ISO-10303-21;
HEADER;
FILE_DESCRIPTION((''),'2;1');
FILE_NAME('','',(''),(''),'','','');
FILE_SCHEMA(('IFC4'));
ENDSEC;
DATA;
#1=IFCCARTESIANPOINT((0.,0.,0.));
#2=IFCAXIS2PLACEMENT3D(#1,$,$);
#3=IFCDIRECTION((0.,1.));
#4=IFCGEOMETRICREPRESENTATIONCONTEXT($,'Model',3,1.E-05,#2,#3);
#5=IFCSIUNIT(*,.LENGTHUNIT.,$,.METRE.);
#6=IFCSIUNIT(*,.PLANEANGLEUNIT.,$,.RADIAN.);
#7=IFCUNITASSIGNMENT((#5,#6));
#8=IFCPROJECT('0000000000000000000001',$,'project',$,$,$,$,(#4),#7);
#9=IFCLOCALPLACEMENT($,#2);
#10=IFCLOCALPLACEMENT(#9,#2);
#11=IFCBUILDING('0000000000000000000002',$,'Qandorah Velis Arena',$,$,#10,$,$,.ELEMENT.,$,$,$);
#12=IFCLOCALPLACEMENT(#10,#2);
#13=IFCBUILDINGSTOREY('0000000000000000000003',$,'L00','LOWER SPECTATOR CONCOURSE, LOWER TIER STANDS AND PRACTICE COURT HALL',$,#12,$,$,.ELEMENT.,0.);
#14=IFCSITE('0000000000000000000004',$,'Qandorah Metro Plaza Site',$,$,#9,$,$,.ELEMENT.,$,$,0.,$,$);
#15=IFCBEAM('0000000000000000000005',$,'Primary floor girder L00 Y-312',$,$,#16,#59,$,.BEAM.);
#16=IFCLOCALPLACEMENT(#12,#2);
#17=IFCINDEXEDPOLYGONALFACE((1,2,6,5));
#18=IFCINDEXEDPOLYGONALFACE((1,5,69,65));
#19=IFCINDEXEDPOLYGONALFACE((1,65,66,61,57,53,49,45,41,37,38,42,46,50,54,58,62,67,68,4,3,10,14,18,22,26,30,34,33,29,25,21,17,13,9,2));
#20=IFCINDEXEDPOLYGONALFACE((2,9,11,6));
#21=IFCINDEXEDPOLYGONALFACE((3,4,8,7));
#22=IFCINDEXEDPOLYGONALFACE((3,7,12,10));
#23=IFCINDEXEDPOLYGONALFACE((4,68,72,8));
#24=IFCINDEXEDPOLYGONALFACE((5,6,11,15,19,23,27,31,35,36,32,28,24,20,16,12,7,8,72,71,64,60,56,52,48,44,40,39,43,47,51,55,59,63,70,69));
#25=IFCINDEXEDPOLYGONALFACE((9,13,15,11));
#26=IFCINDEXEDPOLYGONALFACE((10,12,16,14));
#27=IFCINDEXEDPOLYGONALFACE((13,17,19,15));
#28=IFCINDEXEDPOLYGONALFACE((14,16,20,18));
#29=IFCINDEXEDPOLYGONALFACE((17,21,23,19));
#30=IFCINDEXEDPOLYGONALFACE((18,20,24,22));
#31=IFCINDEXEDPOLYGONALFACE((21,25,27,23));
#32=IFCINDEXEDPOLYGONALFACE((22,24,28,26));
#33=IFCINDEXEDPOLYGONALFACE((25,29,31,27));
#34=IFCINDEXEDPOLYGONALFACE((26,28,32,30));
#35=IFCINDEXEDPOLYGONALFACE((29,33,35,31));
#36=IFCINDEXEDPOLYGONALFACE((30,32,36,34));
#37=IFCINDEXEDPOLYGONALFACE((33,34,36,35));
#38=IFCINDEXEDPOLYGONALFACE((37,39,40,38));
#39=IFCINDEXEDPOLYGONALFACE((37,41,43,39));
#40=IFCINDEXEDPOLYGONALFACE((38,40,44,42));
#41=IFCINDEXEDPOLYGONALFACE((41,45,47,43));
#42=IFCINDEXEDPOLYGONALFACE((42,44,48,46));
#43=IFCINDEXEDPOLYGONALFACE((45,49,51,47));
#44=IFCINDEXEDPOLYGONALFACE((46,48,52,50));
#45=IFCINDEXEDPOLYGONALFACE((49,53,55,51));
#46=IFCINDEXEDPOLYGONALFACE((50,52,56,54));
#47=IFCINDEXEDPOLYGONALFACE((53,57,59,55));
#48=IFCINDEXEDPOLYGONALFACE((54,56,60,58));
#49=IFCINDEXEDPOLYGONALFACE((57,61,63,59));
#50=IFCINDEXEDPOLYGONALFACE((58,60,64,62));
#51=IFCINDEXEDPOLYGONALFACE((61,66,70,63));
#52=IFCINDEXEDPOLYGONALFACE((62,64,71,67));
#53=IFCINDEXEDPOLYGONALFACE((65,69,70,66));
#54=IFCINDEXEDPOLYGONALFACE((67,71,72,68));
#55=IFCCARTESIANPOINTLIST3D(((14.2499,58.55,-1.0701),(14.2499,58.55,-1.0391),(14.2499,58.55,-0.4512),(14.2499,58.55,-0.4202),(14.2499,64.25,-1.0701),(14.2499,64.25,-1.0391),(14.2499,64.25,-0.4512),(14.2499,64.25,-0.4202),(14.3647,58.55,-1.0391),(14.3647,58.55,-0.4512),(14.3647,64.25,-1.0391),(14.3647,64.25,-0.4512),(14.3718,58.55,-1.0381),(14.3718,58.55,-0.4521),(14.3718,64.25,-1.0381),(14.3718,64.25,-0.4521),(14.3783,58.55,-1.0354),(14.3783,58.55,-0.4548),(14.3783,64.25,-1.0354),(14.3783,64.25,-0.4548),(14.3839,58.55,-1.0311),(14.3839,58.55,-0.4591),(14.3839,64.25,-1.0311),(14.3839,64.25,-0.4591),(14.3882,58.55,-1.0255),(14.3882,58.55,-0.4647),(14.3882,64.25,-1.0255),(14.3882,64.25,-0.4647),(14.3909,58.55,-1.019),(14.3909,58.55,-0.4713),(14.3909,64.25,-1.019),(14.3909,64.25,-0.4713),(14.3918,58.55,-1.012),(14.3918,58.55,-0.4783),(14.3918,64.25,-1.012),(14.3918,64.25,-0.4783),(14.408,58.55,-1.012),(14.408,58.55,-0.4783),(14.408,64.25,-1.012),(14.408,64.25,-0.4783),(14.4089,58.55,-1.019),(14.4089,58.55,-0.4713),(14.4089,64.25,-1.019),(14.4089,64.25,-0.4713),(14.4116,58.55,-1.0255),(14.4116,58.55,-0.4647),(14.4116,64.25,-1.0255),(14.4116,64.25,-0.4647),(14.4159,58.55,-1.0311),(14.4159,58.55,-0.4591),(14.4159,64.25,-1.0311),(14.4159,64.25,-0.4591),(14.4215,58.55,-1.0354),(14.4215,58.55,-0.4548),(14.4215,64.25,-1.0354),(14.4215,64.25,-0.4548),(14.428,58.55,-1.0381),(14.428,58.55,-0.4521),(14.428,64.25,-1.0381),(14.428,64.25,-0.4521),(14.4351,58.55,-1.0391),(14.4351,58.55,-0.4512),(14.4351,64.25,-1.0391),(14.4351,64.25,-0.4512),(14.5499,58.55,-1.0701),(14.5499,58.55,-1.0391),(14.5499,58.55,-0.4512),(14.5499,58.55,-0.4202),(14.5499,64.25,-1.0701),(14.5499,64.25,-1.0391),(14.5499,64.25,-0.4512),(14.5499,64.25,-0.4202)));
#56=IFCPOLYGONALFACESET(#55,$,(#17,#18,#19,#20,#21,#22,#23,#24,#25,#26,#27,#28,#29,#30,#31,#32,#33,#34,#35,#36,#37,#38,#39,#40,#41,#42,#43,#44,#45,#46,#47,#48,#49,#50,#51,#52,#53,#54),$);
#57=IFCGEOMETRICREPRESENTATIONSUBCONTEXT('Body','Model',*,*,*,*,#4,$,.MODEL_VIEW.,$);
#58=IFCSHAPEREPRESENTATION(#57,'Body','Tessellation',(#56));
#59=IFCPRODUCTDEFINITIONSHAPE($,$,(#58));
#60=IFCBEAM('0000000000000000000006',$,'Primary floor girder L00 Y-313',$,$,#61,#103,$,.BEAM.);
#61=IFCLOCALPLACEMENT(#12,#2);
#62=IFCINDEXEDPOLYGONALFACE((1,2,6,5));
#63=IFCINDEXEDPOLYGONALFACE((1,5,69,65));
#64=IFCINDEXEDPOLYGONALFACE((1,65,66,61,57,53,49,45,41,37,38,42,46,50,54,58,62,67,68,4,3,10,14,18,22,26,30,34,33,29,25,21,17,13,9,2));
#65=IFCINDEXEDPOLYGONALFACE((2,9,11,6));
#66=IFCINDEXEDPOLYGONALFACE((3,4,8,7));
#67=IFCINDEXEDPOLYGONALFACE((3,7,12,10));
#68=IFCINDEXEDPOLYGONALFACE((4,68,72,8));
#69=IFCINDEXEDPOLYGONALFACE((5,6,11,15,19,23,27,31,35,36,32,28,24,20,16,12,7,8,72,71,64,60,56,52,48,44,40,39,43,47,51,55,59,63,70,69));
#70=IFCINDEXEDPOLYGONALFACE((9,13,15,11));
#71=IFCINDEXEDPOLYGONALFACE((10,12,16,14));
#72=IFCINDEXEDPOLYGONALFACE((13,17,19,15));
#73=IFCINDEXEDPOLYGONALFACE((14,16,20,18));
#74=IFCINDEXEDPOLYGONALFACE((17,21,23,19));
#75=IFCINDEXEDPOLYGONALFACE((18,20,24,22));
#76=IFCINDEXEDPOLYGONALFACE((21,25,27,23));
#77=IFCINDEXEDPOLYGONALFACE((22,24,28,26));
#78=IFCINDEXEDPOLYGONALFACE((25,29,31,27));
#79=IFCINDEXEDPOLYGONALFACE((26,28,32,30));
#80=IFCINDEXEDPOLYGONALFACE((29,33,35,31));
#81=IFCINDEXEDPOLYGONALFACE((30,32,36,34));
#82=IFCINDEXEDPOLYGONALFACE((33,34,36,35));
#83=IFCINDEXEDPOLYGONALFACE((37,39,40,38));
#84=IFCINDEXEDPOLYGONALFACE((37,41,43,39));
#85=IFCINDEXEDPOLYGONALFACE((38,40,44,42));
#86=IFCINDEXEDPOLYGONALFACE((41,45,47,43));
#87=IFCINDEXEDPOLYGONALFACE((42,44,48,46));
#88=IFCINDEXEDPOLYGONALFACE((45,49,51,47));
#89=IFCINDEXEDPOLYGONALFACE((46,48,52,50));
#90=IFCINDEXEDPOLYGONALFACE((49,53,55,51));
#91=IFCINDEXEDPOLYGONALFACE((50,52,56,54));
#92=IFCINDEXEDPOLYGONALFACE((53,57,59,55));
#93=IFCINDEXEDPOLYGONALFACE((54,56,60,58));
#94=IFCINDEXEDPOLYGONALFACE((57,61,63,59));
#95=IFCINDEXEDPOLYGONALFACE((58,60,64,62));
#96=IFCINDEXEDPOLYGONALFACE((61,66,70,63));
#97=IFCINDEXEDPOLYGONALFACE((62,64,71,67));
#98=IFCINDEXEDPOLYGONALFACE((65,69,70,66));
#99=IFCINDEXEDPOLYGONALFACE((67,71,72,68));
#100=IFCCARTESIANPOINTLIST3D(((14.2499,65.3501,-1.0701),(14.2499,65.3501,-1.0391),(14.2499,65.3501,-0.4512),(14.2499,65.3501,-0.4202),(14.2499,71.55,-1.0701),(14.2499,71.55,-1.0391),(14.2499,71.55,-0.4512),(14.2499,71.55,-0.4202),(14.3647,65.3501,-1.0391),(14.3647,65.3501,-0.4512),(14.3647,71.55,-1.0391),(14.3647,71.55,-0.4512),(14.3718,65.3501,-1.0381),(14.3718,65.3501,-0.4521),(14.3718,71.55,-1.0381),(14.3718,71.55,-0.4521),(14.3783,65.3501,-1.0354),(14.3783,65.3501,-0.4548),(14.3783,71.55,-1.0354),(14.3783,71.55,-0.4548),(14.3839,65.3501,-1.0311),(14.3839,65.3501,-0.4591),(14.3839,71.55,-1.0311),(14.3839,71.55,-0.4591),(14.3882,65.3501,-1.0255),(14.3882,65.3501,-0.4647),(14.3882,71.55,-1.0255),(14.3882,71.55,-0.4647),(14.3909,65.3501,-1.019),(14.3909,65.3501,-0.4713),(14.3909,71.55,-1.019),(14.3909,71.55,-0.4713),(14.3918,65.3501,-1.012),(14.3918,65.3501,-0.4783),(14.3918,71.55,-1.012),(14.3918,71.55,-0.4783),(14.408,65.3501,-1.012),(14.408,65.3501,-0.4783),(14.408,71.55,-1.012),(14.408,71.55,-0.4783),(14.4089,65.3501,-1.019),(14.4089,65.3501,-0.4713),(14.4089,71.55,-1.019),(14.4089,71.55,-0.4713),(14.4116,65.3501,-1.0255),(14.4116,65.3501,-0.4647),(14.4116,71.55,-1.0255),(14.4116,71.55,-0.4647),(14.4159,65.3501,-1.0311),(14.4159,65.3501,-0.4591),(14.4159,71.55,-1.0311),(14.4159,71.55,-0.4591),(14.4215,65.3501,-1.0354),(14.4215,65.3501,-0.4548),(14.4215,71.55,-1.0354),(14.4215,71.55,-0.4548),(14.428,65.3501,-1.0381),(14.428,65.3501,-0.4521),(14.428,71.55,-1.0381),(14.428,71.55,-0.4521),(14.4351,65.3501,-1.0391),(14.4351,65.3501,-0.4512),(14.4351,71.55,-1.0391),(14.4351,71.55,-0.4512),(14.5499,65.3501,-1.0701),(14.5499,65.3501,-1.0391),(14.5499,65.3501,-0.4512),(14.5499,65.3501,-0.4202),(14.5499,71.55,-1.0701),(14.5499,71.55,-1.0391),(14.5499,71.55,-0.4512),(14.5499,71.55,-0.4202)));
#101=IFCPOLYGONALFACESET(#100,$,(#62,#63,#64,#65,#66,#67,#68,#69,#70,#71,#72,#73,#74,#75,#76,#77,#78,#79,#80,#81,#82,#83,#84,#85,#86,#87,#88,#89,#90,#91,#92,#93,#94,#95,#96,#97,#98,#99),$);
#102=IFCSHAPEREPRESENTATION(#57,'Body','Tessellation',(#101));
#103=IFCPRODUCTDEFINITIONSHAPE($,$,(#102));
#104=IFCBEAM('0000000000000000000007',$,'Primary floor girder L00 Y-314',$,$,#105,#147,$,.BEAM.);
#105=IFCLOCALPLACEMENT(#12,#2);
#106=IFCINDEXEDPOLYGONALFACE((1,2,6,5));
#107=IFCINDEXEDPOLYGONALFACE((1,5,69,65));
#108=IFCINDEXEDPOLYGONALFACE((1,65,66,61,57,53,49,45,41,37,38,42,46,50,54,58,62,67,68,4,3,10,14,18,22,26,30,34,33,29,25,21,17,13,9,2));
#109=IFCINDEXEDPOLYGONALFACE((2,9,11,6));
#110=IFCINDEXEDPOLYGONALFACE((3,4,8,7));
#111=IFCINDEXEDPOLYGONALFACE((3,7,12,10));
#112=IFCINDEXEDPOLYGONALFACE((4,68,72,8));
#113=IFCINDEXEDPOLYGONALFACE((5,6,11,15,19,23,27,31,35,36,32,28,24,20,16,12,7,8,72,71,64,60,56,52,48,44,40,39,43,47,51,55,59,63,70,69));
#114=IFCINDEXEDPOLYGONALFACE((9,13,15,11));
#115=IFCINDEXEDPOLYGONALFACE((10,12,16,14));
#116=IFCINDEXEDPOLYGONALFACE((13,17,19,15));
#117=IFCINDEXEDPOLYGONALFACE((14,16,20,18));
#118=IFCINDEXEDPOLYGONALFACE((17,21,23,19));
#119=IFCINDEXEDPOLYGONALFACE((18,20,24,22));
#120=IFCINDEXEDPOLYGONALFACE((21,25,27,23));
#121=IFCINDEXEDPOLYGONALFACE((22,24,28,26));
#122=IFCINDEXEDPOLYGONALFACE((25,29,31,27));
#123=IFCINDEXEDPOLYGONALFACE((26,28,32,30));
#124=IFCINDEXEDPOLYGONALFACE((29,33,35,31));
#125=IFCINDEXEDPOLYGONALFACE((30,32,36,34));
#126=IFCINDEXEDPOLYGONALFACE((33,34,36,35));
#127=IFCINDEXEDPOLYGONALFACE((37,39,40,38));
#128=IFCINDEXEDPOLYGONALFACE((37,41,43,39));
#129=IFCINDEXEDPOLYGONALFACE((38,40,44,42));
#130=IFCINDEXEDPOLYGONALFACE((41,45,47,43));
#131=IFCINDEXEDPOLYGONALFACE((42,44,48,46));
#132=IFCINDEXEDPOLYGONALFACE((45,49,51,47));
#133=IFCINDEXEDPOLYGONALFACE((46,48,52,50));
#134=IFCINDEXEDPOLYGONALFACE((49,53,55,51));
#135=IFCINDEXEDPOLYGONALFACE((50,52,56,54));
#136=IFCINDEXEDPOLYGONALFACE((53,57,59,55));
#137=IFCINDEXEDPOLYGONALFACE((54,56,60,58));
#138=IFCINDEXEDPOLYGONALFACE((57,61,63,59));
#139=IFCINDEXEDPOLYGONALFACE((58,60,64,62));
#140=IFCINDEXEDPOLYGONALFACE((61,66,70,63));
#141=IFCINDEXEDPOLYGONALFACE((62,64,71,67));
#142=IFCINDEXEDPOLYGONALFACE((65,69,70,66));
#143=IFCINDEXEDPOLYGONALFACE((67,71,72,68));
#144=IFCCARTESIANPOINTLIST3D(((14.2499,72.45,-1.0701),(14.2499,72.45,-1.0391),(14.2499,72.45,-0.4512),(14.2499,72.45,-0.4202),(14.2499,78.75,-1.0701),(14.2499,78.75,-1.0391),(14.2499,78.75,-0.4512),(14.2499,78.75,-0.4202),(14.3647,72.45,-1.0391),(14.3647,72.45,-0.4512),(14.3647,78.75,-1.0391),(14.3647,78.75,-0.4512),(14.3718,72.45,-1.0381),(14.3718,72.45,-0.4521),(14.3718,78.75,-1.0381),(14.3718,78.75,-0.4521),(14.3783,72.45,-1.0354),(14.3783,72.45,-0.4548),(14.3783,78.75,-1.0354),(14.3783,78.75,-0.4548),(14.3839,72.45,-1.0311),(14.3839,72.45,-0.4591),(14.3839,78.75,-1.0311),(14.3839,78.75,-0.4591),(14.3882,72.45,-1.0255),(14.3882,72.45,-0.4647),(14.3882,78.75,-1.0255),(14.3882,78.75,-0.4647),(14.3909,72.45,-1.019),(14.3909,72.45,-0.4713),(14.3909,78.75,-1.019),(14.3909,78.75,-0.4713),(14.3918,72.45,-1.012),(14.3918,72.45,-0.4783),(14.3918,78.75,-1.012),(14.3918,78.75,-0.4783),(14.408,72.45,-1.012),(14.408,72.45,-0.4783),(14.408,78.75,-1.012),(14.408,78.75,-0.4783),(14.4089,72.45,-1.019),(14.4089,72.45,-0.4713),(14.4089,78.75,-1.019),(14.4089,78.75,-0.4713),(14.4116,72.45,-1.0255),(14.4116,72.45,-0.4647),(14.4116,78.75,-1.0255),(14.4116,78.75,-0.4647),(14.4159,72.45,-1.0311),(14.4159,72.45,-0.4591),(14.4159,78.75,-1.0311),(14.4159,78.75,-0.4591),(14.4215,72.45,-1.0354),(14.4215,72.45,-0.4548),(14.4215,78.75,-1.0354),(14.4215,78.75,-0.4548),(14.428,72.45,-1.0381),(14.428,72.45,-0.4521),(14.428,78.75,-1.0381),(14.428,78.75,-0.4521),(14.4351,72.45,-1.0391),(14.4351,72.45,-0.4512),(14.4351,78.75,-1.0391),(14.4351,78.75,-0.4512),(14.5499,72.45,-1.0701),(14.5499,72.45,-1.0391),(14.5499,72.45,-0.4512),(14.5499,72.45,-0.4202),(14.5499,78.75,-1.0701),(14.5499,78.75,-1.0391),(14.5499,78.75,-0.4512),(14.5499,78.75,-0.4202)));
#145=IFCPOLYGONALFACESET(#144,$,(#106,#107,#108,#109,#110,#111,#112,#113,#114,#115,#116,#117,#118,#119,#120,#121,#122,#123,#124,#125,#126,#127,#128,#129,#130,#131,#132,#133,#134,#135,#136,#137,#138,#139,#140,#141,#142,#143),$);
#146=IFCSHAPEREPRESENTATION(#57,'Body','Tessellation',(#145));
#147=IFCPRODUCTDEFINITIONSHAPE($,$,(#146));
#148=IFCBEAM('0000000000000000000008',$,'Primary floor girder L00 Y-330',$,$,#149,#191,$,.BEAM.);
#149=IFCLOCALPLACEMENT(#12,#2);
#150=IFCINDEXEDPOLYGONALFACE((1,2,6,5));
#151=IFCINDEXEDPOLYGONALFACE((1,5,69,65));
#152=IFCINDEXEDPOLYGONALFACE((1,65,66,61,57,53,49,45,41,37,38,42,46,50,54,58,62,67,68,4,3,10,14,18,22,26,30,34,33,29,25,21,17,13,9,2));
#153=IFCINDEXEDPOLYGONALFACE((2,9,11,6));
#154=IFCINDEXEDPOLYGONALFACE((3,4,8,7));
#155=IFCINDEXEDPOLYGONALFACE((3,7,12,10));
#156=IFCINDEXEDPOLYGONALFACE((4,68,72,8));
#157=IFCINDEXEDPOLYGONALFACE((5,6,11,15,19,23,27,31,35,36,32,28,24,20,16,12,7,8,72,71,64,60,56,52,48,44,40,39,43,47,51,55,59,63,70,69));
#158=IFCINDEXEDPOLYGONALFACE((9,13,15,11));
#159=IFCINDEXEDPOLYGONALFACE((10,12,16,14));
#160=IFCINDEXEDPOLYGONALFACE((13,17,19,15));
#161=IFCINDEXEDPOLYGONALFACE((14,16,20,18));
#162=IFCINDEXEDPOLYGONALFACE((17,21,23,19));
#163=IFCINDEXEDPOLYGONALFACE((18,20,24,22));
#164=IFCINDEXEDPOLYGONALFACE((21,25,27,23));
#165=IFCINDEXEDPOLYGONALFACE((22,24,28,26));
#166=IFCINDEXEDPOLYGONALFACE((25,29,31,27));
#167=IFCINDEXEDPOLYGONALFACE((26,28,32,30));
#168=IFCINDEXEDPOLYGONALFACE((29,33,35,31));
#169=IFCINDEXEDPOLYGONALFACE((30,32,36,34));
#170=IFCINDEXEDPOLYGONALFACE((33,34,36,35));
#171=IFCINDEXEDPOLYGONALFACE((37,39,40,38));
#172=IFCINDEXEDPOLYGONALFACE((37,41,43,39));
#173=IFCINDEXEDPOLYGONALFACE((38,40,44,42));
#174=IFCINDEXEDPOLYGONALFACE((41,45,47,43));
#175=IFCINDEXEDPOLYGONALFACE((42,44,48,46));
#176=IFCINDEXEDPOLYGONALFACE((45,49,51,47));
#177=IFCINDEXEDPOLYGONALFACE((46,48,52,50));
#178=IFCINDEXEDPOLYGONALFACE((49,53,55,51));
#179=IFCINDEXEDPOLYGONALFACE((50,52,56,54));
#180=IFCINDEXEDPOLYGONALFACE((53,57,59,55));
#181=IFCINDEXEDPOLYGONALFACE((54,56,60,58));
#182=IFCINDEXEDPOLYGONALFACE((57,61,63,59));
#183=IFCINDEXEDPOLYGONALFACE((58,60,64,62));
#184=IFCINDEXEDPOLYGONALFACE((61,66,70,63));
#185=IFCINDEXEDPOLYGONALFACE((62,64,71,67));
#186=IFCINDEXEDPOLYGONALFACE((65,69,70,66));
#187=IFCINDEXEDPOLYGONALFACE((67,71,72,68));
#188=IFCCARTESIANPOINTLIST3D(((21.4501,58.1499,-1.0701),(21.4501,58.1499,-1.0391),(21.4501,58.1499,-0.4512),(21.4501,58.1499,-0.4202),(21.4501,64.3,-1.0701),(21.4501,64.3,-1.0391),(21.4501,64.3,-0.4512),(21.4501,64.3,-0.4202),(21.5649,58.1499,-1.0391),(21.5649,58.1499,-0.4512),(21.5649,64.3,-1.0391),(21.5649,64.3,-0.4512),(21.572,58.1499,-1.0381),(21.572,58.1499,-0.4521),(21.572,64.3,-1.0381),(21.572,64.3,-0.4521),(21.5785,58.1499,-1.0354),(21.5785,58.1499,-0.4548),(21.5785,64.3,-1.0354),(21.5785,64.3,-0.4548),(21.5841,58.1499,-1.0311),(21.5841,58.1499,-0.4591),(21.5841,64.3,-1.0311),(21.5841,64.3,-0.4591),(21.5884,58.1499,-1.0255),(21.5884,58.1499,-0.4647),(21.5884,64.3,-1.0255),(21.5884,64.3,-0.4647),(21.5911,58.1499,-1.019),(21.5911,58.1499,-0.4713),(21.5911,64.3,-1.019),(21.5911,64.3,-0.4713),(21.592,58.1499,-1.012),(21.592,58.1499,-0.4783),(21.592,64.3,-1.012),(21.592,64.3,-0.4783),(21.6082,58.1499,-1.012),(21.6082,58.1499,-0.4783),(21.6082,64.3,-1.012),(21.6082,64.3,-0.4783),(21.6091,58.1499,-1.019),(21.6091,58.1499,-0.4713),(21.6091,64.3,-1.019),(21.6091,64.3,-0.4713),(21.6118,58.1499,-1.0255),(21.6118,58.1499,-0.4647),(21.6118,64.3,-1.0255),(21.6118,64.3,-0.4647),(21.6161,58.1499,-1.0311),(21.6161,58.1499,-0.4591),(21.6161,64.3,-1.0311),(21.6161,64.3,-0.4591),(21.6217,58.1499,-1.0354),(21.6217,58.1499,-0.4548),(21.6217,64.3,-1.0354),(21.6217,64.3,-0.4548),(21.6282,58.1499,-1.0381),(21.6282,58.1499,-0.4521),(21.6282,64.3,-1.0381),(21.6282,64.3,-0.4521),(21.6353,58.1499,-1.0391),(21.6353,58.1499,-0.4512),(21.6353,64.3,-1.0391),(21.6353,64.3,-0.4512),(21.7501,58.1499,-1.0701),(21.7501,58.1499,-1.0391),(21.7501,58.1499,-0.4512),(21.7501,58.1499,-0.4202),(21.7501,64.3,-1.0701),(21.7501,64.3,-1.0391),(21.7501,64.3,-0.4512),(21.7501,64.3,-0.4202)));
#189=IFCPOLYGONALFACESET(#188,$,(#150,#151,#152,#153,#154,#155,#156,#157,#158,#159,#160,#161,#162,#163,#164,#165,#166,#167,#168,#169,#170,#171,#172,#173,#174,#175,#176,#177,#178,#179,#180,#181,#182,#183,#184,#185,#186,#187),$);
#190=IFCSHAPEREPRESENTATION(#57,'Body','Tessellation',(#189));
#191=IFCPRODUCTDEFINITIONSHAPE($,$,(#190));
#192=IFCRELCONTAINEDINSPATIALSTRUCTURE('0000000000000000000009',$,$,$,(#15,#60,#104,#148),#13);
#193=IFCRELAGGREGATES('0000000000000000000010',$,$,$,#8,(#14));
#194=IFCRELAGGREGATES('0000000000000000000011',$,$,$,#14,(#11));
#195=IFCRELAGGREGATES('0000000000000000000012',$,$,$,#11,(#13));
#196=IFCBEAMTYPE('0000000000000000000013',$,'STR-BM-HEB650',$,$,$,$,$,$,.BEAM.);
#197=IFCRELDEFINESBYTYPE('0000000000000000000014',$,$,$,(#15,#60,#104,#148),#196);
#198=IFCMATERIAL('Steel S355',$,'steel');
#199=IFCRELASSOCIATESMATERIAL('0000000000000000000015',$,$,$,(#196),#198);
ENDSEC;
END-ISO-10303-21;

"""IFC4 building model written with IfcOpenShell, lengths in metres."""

from ifc_helpers import new_model, si_unit, direction, frame, origin, origin_2d, place, context, subcontext, project, spatial, i_section, extrude, material, material_profile, profile_set, type_object, element, save


model = new_model("IFC4")

# Units and contexts
model_context = context("Model", 3, precision=1e-05, world=origin(), true_north=direction((0.0, 1.0)))
body_context = subcontext(model_context, "Body", "Model", "MODEL_VIEW")
ifc_project = project(units=[si_unit("LENGTHUNIT", "METRE"), si_unit("PLANEANGLEUNIT", "RADIAN")], contexts=[model_context])

# Site, building, storey
site_placement = place(None, origin())
site = spatial("IfcSite", under=ifc_project, at=site_placement, Name="Qandorah Metro Plaza Site", CompositionType="ELEMENT", RefElevation=0.0)
building_placement = place(site_placement, origin())
building = spatial("IfcBuilding", under=site, at=building_placement, Name="Qandorah Velis Arena", CompositionType="ELEMENT")
storey_placement = place(building_placement, origin())
storey = spatial("IfcBuildingStorey", under=building, at=storey_placement, Name="L00", Description="LOWER SPECTATOR CONCOURSE, LOWER TIER STANDS AND PRACTICE COURT HALL", CompositionType="ELEMENT", Elevation=0.0)

# Beams
ifc_material_1 = material(Name="Steel S355", Category="steel")
ifc_material_profile_1 = material_profile(ifc_material_1, i_section(OverallWidth=0.3, OverallDepth=0.6499, WebThickness=0.0161, FlangeThickness=0.031, FilletRadius=0.0271, at=origin_2d()), Name="HEB 650")
ifc_profile_set_1 = profile_set([ifc_material_profile_1], Name="Steel S355")
beam_type_1 = type_object("IfcBeamType", Name="STR-BM-HEB650", PredefinedType="BEAM", material=ifc_profile_set_1)
beam_1_placement = place(storey_placement, frame((14.3999, 58.55, -0.7451), z_axis=(0.0, 1.0, 0.0), x_axis=(-1.0, 0.0, 0.0)))
element("IfcBeam", 1, at=beam_1_placement, inside=storey, type_object=beam_type_1, Name="Primary floor girder L00 Y-312", PredefinedType="BEAM", context=body_context, shape_type="SweptSolid", body=[
    extrude(i_section(OverallWidth=0.3, OverallDepth=0.6499, WebThickness=0.0161, FlangeThickness=0.031, FilletRadius=0.0271, at=origin_2d()), origin(), (0.0, 0.0, 1.0), 5.7),
])
beam_2_placement = place(storey_placement, frame((14.3999, 65.3501, -0.7451), z_axis=(0.0, 1.0, 0.0), x_axis=(-1.0, 0.0, 0.0)))
element("IfcBeam", 2, at=beam_2_placement, inside=storey, type_object=beam_type_1, Name="Primary floor girder L00 Y-313", PredefinedType="BEAM", context=body_context, shape_type="SweptSolid", body=[
    extrude(i_section(OverallWidth=0.3, OverallDepth=0.6499, WebThickness=0.0161, FlangeThickness=0.031, FilletRadius=0.0271, at=origin_2d()), origin(), (0.0, 0.0, 1.0), 6.2),
])
beam_3_placement = place(storey_placement, frame((14.3999, 72.45, -0.7451), z_axis=(0.0, 1.0, 0.0), x_axis=(-1.0, 0.0, 0.0)))
element("IfcBeam", 3, at=beam_3_placement, inside=storey, type_object=beam_type_1, Name="Primary floor girder L00 Y-314", PredefinedType="BEAM", context=body_context, shape_type="SweptSolid", body=[
    extrude(i_section(OverallWidth=0.3, OverallDepth=0.6499, WebThickness=0.0161, FlangeThickness=0.031, FilletRadius=0.0271, at=origin_2d()), origin(), (0.0, 0.0, 1.0), 6.3),
])
beam_4_placement = place(storey_placement, frame((21.6001, 58.1499, -0.7451), z_axis=(0.0, 1.0, 0.0), x_axis=(-1.0, 0.0, 0.0)))
element("IfcBeam", 4, at=beam_4_placement, inside=storey, type_object=beam_type_1, Name="Primary floor girder L00 Y-330", PredefinedType="BEAM", context=body_context, shape_type="SweptSolid", body=[
    extrude(i_section(OverallWidth=0.3, OverallDepth=0.6499, WebThickness=0.0161, FlangeThickness=0.031, FilletRadius=0.0271, at=origin_2d()), origin(), (0.0, 0.0, 1.0), 6.1501),
])

save(model, "model.ifc")
